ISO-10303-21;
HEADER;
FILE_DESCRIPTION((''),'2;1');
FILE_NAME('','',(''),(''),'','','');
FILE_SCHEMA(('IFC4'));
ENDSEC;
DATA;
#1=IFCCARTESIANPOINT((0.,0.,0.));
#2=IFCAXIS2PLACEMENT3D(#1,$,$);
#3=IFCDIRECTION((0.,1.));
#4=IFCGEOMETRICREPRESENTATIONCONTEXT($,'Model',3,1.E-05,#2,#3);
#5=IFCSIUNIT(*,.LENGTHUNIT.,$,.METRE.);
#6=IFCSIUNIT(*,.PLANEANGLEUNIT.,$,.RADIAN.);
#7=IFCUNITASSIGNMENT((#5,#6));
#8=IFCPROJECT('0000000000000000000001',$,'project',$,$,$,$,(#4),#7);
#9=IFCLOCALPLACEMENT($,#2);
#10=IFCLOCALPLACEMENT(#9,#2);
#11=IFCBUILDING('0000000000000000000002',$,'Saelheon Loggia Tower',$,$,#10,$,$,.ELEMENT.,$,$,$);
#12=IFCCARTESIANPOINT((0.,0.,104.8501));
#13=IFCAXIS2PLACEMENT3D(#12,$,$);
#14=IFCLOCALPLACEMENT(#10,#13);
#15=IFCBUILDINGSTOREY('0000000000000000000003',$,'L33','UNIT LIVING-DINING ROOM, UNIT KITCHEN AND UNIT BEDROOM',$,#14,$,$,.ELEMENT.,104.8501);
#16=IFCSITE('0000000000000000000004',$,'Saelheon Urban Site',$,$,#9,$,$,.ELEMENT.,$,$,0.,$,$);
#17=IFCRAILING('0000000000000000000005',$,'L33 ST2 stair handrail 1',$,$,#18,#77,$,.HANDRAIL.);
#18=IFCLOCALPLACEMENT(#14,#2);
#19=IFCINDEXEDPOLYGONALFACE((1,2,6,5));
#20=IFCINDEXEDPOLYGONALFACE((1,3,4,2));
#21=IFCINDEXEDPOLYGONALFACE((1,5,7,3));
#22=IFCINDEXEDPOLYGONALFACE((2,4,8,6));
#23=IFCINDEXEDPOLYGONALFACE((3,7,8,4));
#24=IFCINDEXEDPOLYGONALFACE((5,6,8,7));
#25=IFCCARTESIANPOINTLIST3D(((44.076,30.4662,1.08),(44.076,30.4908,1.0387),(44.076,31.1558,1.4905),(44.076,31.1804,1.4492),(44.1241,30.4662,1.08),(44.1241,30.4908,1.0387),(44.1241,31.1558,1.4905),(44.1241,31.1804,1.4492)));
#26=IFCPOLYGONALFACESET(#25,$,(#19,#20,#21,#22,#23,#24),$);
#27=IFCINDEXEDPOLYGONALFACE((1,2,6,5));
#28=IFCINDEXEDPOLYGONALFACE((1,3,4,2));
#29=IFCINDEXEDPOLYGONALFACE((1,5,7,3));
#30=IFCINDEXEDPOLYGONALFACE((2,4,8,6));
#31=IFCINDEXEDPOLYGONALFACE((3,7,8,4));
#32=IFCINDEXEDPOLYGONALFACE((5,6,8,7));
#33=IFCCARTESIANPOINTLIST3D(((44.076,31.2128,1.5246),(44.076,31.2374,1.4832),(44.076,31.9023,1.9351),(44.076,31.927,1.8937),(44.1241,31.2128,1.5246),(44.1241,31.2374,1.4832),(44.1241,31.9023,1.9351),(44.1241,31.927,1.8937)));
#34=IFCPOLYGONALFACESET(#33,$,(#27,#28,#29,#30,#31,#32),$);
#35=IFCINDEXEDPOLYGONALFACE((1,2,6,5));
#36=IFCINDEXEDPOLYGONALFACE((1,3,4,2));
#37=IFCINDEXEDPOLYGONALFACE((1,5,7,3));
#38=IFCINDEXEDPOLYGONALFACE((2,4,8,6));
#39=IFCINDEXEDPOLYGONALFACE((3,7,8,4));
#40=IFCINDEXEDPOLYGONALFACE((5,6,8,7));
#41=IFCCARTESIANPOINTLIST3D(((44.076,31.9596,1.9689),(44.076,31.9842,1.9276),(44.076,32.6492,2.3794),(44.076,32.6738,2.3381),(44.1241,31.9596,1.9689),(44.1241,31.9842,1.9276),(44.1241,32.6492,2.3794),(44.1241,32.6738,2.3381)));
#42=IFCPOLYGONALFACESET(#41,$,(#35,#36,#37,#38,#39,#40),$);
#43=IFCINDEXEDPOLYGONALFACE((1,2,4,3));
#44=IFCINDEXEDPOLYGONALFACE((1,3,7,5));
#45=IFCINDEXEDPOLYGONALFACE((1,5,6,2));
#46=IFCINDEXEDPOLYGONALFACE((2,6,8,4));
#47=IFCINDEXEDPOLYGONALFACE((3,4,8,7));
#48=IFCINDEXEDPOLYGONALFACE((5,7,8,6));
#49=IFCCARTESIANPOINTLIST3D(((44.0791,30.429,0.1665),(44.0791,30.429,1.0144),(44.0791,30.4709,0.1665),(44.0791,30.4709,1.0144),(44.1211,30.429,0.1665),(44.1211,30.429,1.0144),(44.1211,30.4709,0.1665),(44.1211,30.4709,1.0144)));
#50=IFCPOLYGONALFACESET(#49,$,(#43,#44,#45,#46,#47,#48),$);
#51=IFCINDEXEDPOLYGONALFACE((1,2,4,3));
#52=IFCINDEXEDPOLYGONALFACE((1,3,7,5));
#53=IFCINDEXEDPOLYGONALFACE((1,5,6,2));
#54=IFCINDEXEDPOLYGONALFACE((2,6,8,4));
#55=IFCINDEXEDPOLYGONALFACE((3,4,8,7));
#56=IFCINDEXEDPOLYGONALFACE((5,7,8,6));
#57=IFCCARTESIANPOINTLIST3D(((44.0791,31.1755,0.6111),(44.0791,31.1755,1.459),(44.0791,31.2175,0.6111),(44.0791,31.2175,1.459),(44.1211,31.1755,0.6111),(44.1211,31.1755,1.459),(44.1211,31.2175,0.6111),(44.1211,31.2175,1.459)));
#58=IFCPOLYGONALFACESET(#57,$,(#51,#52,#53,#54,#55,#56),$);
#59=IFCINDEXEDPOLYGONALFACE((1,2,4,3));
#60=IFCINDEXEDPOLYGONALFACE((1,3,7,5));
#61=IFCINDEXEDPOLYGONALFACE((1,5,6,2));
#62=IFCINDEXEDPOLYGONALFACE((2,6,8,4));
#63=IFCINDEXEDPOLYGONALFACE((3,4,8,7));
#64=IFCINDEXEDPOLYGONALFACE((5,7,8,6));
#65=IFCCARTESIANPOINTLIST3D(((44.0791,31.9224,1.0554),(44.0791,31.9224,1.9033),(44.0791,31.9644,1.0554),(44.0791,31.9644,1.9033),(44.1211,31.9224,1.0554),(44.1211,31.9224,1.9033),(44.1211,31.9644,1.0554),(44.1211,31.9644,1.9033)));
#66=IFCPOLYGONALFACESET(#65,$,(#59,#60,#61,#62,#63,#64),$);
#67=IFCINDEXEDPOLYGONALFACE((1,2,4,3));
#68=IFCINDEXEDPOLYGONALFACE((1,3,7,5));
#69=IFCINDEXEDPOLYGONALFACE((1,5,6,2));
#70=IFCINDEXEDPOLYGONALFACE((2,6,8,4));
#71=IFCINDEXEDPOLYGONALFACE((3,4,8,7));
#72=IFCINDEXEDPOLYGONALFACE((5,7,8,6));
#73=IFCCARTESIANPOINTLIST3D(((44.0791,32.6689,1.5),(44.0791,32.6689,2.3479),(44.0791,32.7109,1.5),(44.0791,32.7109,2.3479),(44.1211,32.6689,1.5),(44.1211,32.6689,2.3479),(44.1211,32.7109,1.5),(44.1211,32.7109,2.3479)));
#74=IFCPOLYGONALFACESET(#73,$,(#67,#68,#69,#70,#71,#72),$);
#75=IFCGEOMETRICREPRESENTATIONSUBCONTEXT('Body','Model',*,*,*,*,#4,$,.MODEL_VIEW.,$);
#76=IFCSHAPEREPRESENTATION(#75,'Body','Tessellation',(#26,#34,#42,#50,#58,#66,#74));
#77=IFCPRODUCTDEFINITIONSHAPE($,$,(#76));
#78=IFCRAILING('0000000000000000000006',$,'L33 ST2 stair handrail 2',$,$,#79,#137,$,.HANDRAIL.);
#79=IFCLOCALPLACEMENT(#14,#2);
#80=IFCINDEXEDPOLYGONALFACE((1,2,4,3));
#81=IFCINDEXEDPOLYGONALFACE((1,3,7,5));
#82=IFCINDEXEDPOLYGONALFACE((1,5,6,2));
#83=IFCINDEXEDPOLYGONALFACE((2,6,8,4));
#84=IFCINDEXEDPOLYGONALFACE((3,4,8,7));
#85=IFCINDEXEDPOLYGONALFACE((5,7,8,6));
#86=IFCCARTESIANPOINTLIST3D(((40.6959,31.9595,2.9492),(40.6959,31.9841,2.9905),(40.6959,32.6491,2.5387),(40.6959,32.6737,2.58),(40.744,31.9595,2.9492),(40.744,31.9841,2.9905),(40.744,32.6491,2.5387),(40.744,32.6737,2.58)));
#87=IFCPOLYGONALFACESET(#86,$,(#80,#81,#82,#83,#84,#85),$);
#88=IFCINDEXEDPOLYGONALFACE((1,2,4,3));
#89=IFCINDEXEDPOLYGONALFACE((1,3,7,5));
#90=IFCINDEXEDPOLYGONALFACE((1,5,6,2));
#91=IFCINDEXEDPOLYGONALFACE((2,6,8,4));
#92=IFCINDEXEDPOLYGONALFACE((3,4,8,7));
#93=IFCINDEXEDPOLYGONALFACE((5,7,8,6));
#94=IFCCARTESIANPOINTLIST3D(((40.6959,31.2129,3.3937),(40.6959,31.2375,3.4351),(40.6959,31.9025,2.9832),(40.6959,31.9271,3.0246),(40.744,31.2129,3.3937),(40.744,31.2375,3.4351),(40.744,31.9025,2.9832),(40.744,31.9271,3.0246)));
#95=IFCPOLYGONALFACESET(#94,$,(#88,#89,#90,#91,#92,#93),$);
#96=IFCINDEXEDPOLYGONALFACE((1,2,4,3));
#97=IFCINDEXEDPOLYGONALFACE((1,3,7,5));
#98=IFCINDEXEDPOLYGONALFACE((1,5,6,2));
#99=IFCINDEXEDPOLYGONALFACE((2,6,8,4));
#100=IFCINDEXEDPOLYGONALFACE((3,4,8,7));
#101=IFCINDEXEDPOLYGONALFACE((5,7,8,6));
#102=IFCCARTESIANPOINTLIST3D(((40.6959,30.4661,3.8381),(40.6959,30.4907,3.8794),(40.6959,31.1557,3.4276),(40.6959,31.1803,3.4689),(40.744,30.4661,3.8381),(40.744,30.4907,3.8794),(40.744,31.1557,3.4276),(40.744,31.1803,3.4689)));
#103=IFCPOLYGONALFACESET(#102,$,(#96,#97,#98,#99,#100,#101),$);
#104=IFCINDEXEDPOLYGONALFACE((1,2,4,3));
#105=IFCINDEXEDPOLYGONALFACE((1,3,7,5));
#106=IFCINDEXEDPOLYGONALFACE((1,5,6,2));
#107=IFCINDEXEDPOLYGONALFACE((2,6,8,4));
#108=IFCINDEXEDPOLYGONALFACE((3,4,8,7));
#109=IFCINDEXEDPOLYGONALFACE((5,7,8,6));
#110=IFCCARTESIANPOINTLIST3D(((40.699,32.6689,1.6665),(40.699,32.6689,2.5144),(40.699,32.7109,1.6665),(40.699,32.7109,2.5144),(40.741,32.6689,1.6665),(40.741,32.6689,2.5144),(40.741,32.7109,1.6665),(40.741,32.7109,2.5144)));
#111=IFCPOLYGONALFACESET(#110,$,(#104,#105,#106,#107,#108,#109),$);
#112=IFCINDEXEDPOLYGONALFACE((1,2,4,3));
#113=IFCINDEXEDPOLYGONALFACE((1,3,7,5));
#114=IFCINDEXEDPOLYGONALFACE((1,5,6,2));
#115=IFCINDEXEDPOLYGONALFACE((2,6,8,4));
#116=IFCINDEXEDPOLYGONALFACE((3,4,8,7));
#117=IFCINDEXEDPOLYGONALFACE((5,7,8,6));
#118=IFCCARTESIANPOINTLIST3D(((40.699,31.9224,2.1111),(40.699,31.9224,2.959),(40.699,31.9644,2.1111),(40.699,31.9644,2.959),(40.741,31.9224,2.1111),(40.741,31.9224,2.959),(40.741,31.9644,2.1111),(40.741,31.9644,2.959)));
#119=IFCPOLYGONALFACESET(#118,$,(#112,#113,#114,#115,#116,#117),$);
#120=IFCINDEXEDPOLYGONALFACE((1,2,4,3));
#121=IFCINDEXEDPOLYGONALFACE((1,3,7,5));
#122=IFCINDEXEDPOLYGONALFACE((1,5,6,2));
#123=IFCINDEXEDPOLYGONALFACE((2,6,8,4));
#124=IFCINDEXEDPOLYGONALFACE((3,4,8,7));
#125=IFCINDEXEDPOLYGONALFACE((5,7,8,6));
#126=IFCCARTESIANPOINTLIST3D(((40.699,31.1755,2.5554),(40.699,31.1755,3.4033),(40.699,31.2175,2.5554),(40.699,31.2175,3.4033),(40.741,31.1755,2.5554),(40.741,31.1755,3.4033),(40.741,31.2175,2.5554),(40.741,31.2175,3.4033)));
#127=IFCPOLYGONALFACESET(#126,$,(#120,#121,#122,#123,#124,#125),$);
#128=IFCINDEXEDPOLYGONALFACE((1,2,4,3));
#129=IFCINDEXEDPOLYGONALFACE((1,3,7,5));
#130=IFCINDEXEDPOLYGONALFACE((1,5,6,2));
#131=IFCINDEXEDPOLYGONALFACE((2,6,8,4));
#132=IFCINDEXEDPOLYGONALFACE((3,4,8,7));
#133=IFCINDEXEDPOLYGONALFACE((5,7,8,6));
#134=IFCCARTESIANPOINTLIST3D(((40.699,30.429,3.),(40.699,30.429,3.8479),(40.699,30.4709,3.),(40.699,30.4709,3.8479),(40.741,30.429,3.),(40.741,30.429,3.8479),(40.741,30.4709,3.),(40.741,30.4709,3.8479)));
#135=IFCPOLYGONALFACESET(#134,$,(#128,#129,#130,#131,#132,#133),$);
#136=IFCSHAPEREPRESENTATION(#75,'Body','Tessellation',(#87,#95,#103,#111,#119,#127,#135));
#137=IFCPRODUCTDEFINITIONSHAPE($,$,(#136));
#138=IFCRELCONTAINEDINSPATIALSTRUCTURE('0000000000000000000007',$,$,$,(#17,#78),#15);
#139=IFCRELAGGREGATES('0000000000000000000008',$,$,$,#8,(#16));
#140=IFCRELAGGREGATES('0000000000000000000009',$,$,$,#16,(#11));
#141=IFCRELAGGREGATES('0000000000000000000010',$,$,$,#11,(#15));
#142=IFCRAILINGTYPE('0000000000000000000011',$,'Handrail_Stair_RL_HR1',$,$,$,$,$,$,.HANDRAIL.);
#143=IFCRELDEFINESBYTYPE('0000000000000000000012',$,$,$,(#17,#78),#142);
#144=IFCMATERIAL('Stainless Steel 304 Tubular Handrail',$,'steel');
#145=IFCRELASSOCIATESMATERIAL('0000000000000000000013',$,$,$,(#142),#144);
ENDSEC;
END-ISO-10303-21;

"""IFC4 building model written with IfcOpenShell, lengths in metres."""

from ifc_helpers import new_model, si_unit, direction, frame, origin, origin_2d, place, context, subcontext, project, spatial, rectangle, extrude, material, type_object, element, save


model = new_model("IFC4")

# Units and contexts
model_context = context("Model", 3, precision=1e-05, world=origin(), true_north=direction((0.0, 1.0)))
body_context = subcontext(model_context, "Body", "Model", "MODEL_VIEW")
ifc_project = project(units=[si_unit("LENGTHUNIT", "METRE"), si_unit("PLANEANGLEUNIT", "RADIAN")], contexts=[model_context])

# Site, building, storey
site_placement = place(None, origin())
site = spatial("IfcSite", under=ifc_project, at=site_placement, Name="Saelheon Urban Site", CompositionType="ELEMENT", RefElevation=0.0)
building_placement = place(site_placement, origin())
building = spatial("IfcBuilding", under=site, at=building_placement, Name="Saelheon Loggia Tower", CompositionType="ELEMENT")
storey_placement = place(building_placement, frame((0.0, 0.0, 104.8501)))
storey = spatial("IfcBuildingStorey", under=building, at=storey_placement, Name="L33", Description="UNIT LIVING-DINING ROOM, UNIT KITCHEN AND UNIT BEDROOM", CompositionType="ELEMENT", Elevation=104.8501)

# Railings
ifc_material_1 = material(Name="Stainless Steel 304 Tubular Handrail", Category="steel")
railing_type_1 = type_object("IfcRailingType", Name="Handrail_Stair_RL_HR1", PredefinedType="HANDRAIL", material=ifc_material_1)
railing_1_placement = place(storey_placement, frame((44.1001, 30.45, 0.1665)))
element("IfcRailing", 1, at=railing_1_placement, inside=storey, type_object=railing_type_1, Name="L33 ST2 stair handrail 1", PredefinedType="HANDRAIL", context=body_context, shape_type="SweptSolid", body=[
    extrude(rectangle(XDim=0.0481, YDim=0.0481, at=origin_2d()), frame((0.0, 0.0286, 0.8928), z_axis=(0.0, 0.859264, 0.511532), x_axis=(-1.0, 0.0, 0.0)), (0.0, 0.0, 1.0), 0.8025),
    extrude(rectangle(XDim=0.0481, YDim=0.0481, at=origin_2d()), frame((0.0, 0.7751, 1.3374), z_axis=(0.0, 0.859264, 0.511532), x_axis=(-1.0, 0.0, 0.0)), (0.0, 0.0, 1.0), 0.8025),
    extrude(rectangle(XDim=0.0481, YDim=0.0481, at=origin_2d()), frame((0.0, 1.522, 1.7817), z_axis=(0.0, 0.859264, 0.511532), x_axis=(-1.0, 0.0, 0.0)), (0.0, 0.0, 1.0), 0.8025),
    extrude(rectangle(XDim=0.042, YDim=0.042, at=origin_2d()), origin(), (0.0, 0.0, 1.0), 0.8479),
    extrude(rectangle(XDim=0.042, YDim=0.042, at=origin_2d()), frame((0.0, 0.7466, 0.4446)), (0.0, 0.0, 1.0), 0.8479),
    extrude(rectangle(XDim=0.042, YDim=0.042, at=origin_2d()), frame((0.0, 1.4934, 0.8889)), (0.0, 0.0, 1.0), 0.8479),
    extrude(rectangle(XDim=0.042, YDim=0.042, at=origin_2d()), frame((0.0, 2.24, 1.3335)), (0.0, 0.0, 1.0), 0.8479),
])
railing_2_placement = place(storey_placement, frame((40.72, 32.6899, 1.6665)))
element("IfcRailing", 2, at=railing_2_placement, inside=storey, type_object=railing_type_1, Name="L33 ST2 stair handrail 2", PredefinedType="HANDRAIL", context=body_context, shape_type="SweptSolid", body=[
    extrude(rectangle(XDim=0.0481, YDim=0.0481, at=origin_2d()), frame((0.0, -0.0286, 0.8928), z_axis=(0.0, -0.859264, 0.511532), x_axis=(1.0, 0.0, 0.0)), (0.0, 0.0, 1.0), 0.8025),
    extrude(rectangle(XDim=0.0481, YDim=0.0481, at=origin_2d()), frame((0.0, -0.7751, 1.3374), z_axis=(0.0, -0.859264, 0.511532), x_axis=(1.0, 0.0, 0.0)), (0.0, 0.0, 1.0), 0.8025),
    extrude(rectangle(XDim=0.0481, YDim=0.0481, at=origin_2d()), frame((0.0, -1.522, 1.7817), z_axis=(0.0, -0.859264, 0.511532), x_axis=(1.0, 0.0, 0.0)), (0.0, 0.0, 1.0), 0.8025),
    extrude(rectangle(XDim=0.042, YDim=0.042, at=origin_2d()), origin(), (0.0, 0.0, 1.0), 0.8479),
    extrude(rectangle(XDim=0.042, YDim=0.042, at=origin_2d()), frame((0.0, -0.7466, 0.4446)), (0.0, 0.0, 1.0), 0.8479),
    extrude(rectangle(XDim=0.042, YDim=0.042, at=origin_2d()), frame((0.0, -1.4934, 0.8889)), (0.0, 0.0, 1.0), 0.8479),
    extrude(rectangle(XDim=0.042, YDim=0.042, at=origin_2d()), frame((0.0, -2.24, 1.3335)), (0.0, 0.0, 1.0), 0.8479),
])

save(model, "model.ifc")
